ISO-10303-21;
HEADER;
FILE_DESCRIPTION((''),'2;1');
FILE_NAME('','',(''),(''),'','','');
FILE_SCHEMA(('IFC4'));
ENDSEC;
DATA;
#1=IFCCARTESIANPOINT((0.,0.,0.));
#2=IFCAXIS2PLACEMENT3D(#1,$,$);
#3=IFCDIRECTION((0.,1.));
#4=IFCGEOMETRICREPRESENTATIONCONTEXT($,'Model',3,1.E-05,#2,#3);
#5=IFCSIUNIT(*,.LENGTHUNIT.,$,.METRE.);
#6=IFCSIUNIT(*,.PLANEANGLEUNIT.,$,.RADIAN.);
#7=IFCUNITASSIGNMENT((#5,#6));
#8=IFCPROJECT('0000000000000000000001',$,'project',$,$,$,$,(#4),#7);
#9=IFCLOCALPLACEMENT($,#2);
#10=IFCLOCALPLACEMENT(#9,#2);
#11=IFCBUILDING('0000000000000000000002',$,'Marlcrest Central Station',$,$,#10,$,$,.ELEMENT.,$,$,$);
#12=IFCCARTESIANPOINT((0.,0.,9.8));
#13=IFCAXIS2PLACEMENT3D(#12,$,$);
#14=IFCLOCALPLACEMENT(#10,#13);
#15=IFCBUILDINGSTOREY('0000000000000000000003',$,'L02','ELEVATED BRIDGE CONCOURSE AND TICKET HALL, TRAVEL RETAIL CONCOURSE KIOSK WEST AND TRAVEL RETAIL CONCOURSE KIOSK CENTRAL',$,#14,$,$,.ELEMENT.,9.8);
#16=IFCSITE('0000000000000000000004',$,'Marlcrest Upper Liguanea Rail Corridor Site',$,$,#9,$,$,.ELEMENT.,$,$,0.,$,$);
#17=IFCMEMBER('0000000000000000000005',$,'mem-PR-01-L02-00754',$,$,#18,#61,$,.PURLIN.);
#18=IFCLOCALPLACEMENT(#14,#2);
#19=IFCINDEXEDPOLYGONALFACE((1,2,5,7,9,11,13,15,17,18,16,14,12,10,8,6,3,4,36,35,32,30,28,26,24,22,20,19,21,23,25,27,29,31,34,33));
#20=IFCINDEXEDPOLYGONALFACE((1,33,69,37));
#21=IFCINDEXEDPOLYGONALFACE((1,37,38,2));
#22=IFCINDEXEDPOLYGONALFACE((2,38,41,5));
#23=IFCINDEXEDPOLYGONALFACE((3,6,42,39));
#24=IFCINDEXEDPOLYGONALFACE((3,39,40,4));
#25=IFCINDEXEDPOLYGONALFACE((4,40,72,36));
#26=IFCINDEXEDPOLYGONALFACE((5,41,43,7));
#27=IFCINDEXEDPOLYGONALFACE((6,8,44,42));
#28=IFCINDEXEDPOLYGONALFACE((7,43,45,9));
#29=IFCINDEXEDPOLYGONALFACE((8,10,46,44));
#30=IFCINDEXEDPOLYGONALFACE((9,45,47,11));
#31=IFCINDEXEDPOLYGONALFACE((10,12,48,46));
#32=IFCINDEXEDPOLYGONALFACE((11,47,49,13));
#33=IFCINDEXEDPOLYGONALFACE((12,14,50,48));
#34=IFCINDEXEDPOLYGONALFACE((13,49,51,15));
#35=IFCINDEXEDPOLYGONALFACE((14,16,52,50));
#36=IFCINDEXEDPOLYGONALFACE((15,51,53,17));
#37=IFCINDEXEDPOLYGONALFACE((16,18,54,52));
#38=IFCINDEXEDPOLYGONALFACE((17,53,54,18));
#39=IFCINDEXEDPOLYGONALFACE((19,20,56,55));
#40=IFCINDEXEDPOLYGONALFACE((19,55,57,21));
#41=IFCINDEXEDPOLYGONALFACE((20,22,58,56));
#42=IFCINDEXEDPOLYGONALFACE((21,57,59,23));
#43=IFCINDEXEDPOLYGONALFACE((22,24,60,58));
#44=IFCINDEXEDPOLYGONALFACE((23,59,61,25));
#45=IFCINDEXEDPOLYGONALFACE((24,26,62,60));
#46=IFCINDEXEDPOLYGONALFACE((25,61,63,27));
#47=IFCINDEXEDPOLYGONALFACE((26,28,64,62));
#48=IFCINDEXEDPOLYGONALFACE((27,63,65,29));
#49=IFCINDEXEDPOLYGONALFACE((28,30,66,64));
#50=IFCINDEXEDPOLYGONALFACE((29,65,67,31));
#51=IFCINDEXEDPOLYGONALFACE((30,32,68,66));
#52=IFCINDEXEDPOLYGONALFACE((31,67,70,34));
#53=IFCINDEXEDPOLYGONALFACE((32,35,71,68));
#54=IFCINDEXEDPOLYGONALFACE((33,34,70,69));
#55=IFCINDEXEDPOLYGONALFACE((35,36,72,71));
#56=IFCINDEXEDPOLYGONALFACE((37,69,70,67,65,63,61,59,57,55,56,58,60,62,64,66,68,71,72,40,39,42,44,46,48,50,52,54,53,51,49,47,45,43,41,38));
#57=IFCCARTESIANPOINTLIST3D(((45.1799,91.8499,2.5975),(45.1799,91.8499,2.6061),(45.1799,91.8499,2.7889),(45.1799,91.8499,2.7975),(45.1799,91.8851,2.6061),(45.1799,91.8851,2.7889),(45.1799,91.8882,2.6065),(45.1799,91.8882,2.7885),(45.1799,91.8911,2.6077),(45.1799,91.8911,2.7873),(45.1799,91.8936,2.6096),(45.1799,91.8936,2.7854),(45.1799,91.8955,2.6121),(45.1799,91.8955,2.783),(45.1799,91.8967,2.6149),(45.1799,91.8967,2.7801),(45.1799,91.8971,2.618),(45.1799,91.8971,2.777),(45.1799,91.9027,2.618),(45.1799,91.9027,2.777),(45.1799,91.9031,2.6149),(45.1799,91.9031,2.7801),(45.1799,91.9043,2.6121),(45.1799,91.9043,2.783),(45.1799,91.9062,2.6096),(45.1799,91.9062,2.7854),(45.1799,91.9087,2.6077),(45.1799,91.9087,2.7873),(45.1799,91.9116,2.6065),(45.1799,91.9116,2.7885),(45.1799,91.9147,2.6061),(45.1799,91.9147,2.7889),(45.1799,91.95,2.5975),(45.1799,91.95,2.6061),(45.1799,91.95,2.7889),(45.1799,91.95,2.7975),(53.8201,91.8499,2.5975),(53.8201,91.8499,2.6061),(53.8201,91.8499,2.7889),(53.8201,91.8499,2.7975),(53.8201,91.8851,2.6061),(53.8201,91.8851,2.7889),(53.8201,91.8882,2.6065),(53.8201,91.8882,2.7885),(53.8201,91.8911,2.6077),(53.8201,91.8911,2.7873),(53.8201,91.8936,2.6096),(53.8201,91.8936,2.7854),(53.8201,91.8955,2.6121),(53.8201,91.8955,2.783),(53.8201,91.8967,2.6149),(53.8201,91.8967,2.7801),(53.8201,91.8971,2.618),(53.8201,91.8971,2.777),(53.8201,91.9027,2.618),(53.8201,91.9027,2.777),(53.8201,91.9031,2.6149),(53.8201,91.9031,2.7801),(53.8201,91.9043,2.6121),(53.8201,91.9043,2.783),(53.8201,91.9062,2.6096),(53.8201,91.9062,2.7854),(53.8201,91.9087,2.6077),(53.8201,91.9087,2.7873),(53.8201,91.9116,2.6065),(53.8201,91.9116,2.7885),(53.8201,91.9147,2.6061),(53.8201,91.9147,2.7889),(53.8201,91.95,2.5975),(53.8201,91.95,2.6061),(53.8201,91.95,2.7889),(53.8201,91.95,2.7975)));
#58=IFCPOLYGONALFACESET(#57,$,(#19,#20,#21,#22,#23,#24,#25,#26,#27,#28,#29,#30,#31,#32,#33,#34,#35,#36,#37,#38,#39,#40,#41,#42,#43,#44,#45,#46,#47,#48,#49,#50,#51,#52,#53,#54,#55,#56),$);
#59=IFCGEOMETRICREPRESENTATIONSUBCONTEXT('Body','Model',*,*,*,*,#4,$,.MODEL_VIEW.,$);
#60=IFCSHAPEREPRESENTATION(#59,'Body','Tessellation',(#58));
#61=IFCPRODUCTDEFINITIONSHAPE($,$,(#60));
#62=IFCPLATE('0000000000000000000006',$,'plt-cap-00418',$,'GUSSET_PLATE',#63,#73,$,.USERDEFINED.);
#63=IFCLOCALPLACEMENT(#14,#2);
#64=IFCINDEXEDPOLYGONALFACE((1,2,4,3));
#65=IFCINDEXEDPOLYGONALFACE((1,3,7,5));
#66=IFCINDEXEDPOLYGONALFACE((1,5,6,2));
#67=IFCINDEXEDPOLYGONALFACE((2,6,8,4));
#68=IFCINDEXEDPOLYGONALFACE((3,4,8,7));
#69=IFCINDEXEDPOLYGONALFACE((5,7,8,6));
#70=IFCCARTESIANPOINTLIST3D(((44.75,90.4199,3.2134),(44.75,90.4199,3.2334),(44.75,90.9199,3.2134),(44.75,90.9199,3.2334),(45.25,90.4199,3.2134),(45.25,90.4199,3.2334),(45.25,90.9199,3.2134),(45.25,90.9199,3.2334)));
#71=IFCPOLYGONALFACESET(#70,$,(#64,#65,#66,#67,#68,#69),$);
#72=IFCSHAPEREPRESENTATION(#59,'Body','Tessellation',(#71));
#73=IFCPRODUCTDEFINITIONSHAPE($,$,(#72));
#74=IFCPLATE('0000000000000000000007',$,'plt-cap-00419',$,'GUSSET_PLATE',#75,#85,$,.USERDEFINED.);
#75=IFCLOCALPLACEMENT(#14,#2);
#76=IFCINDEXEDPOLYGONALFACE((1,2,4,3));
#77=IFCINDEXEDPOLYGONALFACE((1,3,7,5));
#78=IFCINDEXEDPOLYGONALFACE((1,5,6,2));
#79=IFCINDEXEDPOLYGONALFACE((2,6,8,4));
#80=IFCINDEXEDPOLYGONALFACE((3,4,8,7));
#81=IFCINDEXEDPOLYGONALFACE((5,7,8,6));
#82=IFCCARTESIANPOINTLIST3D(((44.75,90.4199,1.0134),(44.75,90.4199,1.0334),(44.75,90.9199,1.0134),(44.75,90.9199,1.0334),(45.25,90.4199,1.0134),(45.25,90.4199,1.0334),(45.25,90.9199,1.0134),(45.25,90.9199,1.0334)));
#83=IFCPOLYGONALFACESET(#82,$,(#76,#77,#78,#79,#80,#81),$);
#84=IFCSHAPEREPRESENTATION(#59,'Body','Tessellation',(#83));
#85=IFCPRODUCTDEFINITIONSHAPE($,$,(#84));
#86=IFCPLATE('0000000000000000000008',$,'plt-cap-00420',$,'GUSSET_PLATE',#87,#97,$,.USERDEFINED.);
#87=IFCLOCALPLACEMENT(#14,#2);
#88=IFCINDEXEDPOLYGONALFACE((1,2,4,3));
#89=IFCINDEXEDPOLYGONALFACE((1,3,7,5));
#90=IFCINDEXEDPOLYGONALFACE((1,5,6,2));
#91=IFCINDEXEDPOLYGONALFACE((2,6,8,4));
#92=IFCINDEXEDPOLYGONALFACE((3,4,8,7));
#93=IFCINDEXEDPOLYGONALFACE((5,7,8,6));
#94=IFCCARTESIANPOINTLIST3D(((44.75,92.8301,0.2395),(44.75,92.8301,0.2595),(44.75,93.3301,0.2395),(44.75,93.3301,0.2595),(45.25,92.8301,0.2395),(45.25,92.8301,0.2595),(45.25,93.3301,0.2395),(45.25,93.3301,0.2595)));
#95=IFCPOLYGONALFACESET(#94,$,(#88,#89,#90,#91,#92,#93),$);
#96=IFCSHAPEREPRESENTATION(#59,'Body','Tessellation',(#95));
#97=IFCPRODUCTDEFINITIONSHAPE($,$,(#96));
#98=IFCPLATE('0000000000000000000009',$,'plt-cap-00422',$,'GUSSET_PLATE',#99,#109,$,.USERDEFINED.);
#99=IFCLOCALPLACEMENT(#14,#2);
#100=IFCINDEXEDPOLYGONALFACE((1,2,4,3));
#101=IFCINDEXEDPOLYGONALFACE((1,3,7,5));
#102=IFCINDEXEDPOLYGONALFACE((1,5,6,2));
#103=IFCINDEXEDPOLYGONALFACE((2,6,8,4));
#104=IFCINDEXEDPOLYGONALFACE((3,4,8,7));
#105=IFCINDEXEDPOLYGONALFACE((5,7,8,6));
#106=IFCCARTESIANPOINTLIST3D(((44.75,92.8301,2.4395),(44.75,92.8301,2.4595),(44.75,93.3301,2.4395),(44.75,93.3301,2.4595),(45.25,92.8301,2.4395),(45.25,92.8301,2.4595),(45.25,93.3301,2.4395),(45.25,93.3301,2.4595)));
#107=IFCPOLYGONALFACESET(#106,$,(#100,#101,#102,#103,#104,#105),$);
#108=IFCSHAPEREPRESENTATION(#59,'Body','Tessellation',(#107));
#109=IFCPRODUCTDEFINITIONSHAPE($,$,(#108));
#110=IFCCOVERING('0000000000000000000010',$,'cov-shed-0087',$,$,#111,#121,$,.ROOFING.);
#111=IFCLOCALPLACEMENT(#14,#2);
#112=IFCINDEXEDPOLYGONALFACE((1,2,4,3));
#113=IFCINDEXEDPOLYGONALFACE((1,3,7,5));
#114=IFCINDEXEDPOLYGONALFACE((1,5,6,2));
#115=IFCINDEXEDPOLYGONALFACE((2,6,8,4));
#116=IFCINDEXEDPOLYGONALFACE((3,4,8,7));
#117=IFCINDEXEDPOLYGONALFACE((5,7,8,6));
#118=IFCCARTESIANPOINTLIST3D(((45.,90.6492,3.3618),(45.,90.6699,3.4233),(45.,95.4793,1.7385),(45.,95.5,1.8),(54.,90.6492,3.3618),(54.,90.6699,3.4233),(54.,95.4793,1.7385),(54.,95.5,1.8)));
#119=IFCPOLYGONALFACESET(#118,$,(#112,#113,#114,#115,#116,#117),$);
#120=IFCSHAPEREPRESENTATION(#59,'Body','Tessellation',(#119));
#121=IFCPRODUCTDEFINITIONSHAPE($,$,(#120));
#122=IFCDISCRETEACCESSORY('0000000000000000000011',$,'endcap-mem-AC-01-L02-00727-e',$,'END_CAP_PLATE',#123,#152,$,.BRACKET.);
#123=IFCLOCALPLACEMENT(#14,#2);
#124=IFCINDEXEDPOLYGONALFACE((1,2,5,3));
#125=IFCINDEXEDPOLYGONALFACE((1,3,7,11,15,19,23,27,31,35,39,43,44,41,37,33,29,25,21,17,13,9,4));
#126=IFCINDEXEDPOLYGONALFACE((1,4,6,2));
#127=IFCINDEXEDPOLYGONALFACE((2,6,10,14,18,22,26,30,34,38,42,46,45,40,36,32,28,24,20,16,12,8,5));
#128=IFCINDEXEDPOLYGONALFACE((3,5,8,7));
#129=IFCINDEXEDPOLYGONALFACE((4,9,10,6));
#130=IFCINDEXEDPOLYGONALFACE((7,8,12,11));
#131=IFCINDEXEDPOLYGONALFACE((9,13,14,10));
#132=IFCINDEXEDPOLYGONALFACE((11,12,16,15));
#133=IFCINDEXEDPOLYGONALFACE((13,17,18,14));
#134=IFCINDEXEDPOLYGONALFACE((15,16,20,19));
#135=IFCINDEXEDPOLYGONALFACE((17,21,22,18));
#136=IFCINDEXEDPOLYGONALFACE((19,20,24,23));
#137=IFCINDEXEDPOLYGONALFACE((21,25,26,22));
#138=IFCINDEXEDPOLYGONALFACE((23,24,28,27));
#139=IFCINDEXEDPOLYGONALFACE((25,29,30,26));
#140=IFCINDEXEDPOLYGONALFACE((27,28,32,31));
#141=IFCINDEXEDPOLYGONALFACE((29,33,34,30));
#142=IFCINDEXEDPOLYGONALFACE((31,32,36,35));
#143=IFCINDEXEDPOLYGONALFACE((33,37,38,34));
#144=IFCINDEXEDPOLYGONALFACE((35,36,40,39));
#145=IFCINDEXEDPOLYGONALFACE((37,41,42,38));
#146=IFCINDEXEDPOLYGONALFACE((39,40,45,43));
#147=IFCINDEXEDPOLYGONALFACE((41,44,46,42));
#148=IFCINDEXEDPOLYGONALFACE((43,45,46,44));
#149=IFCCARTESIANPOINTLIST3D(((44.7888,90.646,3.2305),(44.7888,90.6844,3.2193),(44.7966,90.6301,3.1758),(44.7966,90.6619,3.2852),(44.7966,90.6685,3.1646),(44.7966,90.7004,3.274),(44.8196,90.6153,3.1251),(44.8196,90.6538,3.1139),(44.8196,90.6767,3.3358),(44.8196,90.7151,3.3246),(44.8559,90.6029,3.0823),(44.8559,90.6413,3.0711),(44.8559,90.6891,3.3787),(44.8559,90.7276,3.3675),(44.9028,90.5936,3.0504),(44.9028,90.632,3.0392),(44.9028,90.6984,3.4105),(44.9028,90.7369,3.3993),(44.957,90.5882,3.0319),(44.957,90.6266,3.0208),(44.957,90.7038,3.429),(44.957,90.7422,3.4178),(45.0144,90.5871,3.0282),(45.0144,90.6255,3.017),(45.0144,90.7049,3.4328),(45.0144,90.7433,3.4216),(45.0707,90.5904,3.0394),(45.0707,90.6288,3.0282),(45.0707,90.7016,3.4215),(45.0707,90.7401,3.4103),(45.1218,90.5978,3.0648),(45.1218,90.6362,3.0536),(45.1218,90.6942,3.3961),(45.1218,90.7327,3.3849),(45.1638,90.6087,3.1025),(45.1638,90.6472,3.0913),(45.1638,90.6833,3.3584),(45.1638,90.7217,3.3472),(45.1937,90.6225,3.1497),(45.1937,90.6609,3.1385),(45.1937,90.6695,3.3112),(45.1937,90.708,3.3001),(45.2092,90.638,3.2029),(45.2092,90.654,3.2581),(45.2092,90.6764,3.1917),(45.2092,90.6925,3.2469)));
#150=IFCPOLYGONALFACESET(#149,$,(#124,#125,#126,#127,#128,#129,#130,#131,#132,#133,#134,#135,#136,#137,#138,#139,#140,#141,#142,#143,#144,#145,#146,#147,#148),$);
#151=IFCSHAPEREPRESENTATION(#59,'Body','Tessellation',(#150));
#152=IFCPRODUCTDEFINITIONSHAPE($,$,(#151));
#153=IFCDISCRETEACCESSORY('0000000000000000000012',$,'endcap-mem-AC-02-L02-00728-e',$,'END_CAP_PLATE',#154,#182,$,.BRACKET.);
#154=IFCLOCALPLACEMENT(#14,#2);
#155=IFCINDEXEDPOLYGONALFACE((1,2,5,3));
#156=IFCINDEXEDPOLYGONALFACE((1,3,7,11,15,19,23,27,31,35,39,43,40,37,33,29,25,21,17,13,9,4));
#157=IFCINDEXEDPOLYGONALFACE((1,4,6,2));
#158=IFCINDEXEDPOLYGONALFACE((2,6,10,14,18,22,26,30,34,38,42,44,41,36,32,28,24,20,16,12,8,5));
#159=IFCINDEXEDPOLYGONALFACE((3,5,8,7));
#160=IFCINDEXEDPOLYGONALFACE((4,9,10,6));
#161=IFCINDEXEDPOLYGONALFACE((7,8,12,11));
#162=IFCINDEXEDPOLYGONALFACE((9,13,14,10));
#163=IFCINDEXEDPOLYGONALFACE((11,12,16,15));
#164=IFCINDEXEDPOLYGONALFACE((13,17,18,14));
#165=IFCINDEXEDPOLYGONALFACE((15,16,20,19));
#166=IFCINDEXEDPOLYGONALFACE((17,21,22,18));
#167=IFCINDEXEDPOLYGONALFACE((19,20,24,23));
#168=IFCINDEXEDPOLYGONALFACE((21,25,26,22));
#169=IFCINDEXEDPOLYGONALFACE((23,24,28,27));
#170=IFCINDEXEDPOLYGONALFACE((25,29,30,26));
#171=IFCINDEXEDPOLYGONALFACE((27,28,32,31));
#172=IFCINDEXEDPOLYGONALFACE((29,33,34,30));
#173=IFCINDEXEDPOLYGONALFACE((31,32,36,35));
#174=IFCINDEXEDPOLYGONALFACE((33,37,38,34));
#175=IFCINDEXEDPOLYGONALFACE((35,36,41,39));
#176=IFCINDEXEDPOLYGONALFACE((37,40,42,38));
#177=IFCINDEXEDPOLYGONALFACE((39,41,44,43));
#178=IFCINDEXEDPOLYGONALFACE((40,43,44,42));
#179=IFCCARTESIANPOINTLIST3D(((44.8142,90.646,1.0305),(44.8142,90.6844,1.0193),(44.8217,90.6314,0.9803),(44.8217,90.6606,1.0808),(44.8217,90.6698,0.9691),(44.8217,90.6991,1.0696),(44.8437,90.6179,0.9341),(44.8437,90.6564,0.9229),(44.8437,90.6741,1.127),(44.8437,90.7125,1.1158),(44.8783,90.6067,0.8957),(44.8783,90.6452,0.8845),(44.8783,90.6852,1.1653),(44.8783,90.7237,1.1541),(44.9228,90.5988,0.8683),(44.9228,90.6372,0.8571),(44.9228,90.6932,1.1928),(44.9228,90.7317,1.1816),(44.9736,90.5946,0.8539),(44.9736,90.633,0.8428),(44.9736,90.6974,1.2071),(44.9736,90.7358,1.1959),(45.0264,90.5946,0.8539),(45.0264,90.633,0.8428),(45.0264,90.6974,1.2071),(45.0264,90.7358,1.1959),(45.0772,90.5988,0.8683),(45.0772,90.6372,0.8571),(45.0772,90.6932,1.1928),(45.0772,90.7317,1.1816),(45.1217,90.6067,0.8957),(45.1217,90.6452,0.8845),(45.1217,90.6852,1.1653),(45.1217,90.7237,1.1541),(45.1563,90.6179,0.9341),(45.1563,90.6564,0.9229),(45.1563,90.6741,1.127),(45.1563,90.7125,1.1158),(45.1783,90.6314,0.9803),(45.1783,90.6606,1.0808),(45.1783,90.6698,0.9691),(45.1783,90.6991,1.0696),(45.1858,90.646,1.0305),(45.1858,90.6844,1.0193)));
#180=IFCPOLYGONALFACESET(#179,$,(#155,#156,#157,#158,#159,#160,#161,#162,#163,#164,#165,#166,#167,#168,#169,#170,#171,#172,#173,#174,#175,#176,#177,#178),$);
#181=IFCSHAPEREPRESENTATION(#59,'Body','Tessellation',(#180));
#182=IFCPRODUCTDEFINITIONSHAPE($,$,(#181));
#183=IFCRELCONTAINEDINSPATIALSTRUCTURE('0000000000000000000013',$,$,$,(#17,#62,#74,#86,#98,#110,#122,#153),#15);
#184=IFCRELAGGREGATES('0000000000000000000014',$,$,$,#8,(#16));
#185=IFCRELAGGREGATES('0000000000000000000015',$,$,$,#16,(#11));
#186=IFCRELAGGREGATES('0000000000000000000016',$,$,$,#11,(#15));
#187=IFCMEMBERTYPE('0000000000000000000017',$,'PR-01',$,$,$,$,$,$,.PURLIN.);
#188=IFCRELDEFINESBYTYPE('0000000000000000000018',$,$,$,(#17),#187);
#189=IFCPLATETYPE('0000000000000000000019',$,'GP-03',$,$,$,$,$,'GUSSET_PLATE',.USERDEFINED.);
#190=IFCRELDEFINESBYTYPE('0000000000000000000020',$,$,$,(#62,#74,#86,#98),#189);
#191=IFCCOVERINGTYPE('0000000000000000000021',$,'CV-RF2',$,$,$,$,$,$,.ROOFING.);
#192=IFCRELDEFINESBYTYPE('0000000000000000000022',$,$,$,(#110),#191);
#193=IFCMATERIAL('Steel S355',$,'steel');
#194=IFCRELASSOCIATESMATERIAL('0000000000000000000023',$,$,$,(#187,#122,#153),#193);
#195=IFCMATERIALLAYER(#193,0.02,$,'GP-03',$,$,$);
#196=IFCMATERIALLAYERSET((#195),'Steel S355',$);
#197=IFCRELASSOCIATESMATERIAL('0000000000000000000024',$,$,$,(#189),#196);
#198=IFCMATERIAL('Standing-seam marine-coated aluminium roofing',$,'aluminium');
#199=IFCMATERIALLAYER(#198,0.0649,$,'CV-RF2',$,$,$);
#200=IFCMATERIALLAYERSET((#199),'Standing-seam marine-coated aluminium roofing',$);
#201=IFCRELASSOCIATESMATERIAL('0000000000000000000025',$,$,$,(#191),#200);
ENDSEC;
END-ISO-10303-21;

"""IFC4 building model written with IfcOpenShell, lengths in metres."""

from ifc_helpers import new_model, si_unit, direction, frame, origin, origin_2d, place, context, subcontext, project, spatial, polyline, rectangle, circle, i_section, outline, extrude, material, layer, layer_set, material_profile, profile_set, type_object, element, save


model = new_model("IFC4")

# Units and contexts
model_context = context("Model", 3, precision=1e-05, world=origin(), true_north=direction((0.0, 1.0)))
body_context = subcontext(model_context, "Body", "Model", "MODEL_VIEW")
ifc_project = project(units=[si_unit("LENGTHUNIT", "METRE"), si_unit("PLANEANGLEUNIT", "RADIAN")], contexts=[model_context])

# Site, building, storey
site_placement = place(None, origin())
site = spatial("IfcSite", under=ifc_project, at=site_placement, Name="Marlcrest Upper Liguanea Rail Corridor Site", CompositionType="ELEMENT", RefElevation=0.0)
building_placement = place(site_placement, origin())
building = spatial("IfcBuilding", under=site, at=building_placement, Name="Marlcrest Central Station", CompositionType="ELEMENT")
storey_placement = place(building_placement, frame((0.0, 0.0, 9.8)))
storey = spatial("IfcBuildingStorey", under=building, at=storey_placement, Name="L02", Description="ELEVATED BRIDGE CONCOURSE AND TICKET HALL, TRAVEL RETAIL CONCOURSE KIOSK WEST AND TRAVEL RETAIL CONCOURSE KIOSK CENTRAL", CompositionType="ELEMENT", Elevation=9.8)

# Member
ifc_material_1 = material(Name="Steel S355", Category="steel")
ifc_material_profile_1 = material_profile(ifc_material_1, i_section(OverallWidth=0.1001, OverallDepth=0.2, WebThickness=0.0056, FlangeThickness=0.0085, FilletRadius=0.012, at=origin_2d()), Name="IPE 200")
ifc_profile_set_1 = profile_set([ifc_material_profile_1], Name="Steel S355")
member_type_1 = type_object("IfcMemberType", Name="PR-01", PredefinedType="PURLIN", material=ifc_profile_set_1)
member_1_placement = place(storey_placement, frame((45.1799, 91.8999, 2.6975), z_axis=(1.0, 0.0, 0.0), x_axis=(0.0, 1.0, 0.0)))
element("IfcMember", 1, at=member_1_placement, inside=storey, type_object=member_type_1, Name="mem-PR-01-L02-00754", PredefinedType="PURLIN", context=body_context, shape_type="SweptSolid", body=[
    extrude(i_section(OverallWidth=0.1001, OverallDepth=0.2, WebThickness=0.0056, FlangeThickness=0.0085, FilletRadius=0.012, at=origin_2d()), origin(), (0.0, 0.0, 1.0), 8.6401),
])

# Plates
ifc_layer_1 = layer(ifc_material_1, 0.02, Name="GP-03")
ifc_layer_set_1 = layer_set([ifc_layer_1], Name="Steel S355")
plate_type = type_object("IfcPlateType", Name="GP-03", ElementType="GUSSET_PLATE", PredefinedType="USERDEFINED", material=ifc_layer_set_1)
for number, where, z_axis, x_axis, name in (
    (2, (45.0, 90.6699, 3.2134), (0.0, 0.0, 1.0), (1.0, 0.0, 0.0), "plt-cap-00418"),
    (3, (45.0, 90.6699, 1.0134), (0.0, 0.0, 1.0), (1.0, 0.0, 0.0), "plt-cap-00419"),
    (4, (45.0, 93.0801, 0.2395), (0.0, 0.0, 1.0), (1.0, 0.0, 0.0), "plt-cap-00420"),
    (5, (45.0, 93.0801, 2.4395), (0.0, 0.0, 1.0), (1.0, 0.0, 0.0), "plt-cap-00422"),
):
    element("IfcPlate", number, at=place(storey_placement, frame(where, z_axis=z_axis, x_axis=x_axis)), inside=storey, type_object=plate_type, Name=name, ObjectType="GUSSET_PLATE", PredefinedType="USERDEFINED", context=body_context, shape_type="SweptSolid", body=[
        extrude(rectangle(XDim=0.5, YDim=0.5, at=origin_2d()), origin(), (0.0, 0.0, 1.0), 0.02),
    ])

# Covering
ifc_material_2 = material(Name="Standing-seam marine-coated aluminium roofing", Category="aluminium")
ifc_layer_2 = layer(ifc_material_2, 0.0649, Name="CV-RF2")
ifc_layer_set_2 = layer_set([ifc_layer_2], Name="Standing-seam marine-coated aluminium roofing")
covering_type = type_object("IfcCoveringType", Name="CV-RF2", PredefinedType="ROOFING", material=ifc_layer_set_2)
covering_placement = place(storey_placement, frame((45.0, 90.6699, 3.4233), z_axis=(0.0, 0.31857, 0.947899), x_axis=(1.0, 0.0, 0.0)))
element("IfcCovering", 6, at=covering_placement, inside=storey, type_object=covering_type, Name="cov-shed-0087", PredefinedType="ROOFING", context=body_context, shape_type="SweptSolid", body=[
    extrude(outline(polyline([(0.0, 0.0), (9.0, 0.0), (9.0, 5.0956), (0.0, 5.0956), (0.0, 0.0)])), origin(), (0.0, 0.0, -1.0), 0.0649),
])

# Discrete accessories
discrete_accessory_1_placement = place(storey_placement, frame((45.0, 90.646, 3.2305), z_axis=(0.0, 0.96013, -0.279554), x_axis=(-1.0, 0.0, 0.0)))
element("IfcDiscreteAccessory", 7, at=discrete_accessory_1_placement, inside=storey, material=ifc_material_1, Name="endcap-mem-AC-01-L02-00727-e", ObjectType="END_CAP_PLATE", PredefinedType="BRACKET", context=body_context, shape_type="SweptSolid", body=[
    extrude(circle(Radius=0.2112, at=origin_2d()), origin(), (0.0, 0.0, 1.0), 0.04),
])
discrete_accessory_2_placement = place(storey_placement, frame((45.0, 90.646, 1.0305), z_axis=(0.0, 0.96013, -0.279554), x_axis=(-1.0, 0.0, 0.0)))
element("IfcDiscreteAccessory", 8, at=discrete_accessory_2_placement, inside=storey, material=ifc_material_1, Name="endcap-mem-AC-02-L02-00728-e", ObjectType="END_CAP_PLATE", PredefinedType="BRACKET", context=body_context, shape_type="SweptSolid", body=[
    extrude(circle(Radius=0.1858, at=origin_2d()), origin(), (0.0, 0.0, 1.0), 0.04),
])

save(model, "model.ifc")
